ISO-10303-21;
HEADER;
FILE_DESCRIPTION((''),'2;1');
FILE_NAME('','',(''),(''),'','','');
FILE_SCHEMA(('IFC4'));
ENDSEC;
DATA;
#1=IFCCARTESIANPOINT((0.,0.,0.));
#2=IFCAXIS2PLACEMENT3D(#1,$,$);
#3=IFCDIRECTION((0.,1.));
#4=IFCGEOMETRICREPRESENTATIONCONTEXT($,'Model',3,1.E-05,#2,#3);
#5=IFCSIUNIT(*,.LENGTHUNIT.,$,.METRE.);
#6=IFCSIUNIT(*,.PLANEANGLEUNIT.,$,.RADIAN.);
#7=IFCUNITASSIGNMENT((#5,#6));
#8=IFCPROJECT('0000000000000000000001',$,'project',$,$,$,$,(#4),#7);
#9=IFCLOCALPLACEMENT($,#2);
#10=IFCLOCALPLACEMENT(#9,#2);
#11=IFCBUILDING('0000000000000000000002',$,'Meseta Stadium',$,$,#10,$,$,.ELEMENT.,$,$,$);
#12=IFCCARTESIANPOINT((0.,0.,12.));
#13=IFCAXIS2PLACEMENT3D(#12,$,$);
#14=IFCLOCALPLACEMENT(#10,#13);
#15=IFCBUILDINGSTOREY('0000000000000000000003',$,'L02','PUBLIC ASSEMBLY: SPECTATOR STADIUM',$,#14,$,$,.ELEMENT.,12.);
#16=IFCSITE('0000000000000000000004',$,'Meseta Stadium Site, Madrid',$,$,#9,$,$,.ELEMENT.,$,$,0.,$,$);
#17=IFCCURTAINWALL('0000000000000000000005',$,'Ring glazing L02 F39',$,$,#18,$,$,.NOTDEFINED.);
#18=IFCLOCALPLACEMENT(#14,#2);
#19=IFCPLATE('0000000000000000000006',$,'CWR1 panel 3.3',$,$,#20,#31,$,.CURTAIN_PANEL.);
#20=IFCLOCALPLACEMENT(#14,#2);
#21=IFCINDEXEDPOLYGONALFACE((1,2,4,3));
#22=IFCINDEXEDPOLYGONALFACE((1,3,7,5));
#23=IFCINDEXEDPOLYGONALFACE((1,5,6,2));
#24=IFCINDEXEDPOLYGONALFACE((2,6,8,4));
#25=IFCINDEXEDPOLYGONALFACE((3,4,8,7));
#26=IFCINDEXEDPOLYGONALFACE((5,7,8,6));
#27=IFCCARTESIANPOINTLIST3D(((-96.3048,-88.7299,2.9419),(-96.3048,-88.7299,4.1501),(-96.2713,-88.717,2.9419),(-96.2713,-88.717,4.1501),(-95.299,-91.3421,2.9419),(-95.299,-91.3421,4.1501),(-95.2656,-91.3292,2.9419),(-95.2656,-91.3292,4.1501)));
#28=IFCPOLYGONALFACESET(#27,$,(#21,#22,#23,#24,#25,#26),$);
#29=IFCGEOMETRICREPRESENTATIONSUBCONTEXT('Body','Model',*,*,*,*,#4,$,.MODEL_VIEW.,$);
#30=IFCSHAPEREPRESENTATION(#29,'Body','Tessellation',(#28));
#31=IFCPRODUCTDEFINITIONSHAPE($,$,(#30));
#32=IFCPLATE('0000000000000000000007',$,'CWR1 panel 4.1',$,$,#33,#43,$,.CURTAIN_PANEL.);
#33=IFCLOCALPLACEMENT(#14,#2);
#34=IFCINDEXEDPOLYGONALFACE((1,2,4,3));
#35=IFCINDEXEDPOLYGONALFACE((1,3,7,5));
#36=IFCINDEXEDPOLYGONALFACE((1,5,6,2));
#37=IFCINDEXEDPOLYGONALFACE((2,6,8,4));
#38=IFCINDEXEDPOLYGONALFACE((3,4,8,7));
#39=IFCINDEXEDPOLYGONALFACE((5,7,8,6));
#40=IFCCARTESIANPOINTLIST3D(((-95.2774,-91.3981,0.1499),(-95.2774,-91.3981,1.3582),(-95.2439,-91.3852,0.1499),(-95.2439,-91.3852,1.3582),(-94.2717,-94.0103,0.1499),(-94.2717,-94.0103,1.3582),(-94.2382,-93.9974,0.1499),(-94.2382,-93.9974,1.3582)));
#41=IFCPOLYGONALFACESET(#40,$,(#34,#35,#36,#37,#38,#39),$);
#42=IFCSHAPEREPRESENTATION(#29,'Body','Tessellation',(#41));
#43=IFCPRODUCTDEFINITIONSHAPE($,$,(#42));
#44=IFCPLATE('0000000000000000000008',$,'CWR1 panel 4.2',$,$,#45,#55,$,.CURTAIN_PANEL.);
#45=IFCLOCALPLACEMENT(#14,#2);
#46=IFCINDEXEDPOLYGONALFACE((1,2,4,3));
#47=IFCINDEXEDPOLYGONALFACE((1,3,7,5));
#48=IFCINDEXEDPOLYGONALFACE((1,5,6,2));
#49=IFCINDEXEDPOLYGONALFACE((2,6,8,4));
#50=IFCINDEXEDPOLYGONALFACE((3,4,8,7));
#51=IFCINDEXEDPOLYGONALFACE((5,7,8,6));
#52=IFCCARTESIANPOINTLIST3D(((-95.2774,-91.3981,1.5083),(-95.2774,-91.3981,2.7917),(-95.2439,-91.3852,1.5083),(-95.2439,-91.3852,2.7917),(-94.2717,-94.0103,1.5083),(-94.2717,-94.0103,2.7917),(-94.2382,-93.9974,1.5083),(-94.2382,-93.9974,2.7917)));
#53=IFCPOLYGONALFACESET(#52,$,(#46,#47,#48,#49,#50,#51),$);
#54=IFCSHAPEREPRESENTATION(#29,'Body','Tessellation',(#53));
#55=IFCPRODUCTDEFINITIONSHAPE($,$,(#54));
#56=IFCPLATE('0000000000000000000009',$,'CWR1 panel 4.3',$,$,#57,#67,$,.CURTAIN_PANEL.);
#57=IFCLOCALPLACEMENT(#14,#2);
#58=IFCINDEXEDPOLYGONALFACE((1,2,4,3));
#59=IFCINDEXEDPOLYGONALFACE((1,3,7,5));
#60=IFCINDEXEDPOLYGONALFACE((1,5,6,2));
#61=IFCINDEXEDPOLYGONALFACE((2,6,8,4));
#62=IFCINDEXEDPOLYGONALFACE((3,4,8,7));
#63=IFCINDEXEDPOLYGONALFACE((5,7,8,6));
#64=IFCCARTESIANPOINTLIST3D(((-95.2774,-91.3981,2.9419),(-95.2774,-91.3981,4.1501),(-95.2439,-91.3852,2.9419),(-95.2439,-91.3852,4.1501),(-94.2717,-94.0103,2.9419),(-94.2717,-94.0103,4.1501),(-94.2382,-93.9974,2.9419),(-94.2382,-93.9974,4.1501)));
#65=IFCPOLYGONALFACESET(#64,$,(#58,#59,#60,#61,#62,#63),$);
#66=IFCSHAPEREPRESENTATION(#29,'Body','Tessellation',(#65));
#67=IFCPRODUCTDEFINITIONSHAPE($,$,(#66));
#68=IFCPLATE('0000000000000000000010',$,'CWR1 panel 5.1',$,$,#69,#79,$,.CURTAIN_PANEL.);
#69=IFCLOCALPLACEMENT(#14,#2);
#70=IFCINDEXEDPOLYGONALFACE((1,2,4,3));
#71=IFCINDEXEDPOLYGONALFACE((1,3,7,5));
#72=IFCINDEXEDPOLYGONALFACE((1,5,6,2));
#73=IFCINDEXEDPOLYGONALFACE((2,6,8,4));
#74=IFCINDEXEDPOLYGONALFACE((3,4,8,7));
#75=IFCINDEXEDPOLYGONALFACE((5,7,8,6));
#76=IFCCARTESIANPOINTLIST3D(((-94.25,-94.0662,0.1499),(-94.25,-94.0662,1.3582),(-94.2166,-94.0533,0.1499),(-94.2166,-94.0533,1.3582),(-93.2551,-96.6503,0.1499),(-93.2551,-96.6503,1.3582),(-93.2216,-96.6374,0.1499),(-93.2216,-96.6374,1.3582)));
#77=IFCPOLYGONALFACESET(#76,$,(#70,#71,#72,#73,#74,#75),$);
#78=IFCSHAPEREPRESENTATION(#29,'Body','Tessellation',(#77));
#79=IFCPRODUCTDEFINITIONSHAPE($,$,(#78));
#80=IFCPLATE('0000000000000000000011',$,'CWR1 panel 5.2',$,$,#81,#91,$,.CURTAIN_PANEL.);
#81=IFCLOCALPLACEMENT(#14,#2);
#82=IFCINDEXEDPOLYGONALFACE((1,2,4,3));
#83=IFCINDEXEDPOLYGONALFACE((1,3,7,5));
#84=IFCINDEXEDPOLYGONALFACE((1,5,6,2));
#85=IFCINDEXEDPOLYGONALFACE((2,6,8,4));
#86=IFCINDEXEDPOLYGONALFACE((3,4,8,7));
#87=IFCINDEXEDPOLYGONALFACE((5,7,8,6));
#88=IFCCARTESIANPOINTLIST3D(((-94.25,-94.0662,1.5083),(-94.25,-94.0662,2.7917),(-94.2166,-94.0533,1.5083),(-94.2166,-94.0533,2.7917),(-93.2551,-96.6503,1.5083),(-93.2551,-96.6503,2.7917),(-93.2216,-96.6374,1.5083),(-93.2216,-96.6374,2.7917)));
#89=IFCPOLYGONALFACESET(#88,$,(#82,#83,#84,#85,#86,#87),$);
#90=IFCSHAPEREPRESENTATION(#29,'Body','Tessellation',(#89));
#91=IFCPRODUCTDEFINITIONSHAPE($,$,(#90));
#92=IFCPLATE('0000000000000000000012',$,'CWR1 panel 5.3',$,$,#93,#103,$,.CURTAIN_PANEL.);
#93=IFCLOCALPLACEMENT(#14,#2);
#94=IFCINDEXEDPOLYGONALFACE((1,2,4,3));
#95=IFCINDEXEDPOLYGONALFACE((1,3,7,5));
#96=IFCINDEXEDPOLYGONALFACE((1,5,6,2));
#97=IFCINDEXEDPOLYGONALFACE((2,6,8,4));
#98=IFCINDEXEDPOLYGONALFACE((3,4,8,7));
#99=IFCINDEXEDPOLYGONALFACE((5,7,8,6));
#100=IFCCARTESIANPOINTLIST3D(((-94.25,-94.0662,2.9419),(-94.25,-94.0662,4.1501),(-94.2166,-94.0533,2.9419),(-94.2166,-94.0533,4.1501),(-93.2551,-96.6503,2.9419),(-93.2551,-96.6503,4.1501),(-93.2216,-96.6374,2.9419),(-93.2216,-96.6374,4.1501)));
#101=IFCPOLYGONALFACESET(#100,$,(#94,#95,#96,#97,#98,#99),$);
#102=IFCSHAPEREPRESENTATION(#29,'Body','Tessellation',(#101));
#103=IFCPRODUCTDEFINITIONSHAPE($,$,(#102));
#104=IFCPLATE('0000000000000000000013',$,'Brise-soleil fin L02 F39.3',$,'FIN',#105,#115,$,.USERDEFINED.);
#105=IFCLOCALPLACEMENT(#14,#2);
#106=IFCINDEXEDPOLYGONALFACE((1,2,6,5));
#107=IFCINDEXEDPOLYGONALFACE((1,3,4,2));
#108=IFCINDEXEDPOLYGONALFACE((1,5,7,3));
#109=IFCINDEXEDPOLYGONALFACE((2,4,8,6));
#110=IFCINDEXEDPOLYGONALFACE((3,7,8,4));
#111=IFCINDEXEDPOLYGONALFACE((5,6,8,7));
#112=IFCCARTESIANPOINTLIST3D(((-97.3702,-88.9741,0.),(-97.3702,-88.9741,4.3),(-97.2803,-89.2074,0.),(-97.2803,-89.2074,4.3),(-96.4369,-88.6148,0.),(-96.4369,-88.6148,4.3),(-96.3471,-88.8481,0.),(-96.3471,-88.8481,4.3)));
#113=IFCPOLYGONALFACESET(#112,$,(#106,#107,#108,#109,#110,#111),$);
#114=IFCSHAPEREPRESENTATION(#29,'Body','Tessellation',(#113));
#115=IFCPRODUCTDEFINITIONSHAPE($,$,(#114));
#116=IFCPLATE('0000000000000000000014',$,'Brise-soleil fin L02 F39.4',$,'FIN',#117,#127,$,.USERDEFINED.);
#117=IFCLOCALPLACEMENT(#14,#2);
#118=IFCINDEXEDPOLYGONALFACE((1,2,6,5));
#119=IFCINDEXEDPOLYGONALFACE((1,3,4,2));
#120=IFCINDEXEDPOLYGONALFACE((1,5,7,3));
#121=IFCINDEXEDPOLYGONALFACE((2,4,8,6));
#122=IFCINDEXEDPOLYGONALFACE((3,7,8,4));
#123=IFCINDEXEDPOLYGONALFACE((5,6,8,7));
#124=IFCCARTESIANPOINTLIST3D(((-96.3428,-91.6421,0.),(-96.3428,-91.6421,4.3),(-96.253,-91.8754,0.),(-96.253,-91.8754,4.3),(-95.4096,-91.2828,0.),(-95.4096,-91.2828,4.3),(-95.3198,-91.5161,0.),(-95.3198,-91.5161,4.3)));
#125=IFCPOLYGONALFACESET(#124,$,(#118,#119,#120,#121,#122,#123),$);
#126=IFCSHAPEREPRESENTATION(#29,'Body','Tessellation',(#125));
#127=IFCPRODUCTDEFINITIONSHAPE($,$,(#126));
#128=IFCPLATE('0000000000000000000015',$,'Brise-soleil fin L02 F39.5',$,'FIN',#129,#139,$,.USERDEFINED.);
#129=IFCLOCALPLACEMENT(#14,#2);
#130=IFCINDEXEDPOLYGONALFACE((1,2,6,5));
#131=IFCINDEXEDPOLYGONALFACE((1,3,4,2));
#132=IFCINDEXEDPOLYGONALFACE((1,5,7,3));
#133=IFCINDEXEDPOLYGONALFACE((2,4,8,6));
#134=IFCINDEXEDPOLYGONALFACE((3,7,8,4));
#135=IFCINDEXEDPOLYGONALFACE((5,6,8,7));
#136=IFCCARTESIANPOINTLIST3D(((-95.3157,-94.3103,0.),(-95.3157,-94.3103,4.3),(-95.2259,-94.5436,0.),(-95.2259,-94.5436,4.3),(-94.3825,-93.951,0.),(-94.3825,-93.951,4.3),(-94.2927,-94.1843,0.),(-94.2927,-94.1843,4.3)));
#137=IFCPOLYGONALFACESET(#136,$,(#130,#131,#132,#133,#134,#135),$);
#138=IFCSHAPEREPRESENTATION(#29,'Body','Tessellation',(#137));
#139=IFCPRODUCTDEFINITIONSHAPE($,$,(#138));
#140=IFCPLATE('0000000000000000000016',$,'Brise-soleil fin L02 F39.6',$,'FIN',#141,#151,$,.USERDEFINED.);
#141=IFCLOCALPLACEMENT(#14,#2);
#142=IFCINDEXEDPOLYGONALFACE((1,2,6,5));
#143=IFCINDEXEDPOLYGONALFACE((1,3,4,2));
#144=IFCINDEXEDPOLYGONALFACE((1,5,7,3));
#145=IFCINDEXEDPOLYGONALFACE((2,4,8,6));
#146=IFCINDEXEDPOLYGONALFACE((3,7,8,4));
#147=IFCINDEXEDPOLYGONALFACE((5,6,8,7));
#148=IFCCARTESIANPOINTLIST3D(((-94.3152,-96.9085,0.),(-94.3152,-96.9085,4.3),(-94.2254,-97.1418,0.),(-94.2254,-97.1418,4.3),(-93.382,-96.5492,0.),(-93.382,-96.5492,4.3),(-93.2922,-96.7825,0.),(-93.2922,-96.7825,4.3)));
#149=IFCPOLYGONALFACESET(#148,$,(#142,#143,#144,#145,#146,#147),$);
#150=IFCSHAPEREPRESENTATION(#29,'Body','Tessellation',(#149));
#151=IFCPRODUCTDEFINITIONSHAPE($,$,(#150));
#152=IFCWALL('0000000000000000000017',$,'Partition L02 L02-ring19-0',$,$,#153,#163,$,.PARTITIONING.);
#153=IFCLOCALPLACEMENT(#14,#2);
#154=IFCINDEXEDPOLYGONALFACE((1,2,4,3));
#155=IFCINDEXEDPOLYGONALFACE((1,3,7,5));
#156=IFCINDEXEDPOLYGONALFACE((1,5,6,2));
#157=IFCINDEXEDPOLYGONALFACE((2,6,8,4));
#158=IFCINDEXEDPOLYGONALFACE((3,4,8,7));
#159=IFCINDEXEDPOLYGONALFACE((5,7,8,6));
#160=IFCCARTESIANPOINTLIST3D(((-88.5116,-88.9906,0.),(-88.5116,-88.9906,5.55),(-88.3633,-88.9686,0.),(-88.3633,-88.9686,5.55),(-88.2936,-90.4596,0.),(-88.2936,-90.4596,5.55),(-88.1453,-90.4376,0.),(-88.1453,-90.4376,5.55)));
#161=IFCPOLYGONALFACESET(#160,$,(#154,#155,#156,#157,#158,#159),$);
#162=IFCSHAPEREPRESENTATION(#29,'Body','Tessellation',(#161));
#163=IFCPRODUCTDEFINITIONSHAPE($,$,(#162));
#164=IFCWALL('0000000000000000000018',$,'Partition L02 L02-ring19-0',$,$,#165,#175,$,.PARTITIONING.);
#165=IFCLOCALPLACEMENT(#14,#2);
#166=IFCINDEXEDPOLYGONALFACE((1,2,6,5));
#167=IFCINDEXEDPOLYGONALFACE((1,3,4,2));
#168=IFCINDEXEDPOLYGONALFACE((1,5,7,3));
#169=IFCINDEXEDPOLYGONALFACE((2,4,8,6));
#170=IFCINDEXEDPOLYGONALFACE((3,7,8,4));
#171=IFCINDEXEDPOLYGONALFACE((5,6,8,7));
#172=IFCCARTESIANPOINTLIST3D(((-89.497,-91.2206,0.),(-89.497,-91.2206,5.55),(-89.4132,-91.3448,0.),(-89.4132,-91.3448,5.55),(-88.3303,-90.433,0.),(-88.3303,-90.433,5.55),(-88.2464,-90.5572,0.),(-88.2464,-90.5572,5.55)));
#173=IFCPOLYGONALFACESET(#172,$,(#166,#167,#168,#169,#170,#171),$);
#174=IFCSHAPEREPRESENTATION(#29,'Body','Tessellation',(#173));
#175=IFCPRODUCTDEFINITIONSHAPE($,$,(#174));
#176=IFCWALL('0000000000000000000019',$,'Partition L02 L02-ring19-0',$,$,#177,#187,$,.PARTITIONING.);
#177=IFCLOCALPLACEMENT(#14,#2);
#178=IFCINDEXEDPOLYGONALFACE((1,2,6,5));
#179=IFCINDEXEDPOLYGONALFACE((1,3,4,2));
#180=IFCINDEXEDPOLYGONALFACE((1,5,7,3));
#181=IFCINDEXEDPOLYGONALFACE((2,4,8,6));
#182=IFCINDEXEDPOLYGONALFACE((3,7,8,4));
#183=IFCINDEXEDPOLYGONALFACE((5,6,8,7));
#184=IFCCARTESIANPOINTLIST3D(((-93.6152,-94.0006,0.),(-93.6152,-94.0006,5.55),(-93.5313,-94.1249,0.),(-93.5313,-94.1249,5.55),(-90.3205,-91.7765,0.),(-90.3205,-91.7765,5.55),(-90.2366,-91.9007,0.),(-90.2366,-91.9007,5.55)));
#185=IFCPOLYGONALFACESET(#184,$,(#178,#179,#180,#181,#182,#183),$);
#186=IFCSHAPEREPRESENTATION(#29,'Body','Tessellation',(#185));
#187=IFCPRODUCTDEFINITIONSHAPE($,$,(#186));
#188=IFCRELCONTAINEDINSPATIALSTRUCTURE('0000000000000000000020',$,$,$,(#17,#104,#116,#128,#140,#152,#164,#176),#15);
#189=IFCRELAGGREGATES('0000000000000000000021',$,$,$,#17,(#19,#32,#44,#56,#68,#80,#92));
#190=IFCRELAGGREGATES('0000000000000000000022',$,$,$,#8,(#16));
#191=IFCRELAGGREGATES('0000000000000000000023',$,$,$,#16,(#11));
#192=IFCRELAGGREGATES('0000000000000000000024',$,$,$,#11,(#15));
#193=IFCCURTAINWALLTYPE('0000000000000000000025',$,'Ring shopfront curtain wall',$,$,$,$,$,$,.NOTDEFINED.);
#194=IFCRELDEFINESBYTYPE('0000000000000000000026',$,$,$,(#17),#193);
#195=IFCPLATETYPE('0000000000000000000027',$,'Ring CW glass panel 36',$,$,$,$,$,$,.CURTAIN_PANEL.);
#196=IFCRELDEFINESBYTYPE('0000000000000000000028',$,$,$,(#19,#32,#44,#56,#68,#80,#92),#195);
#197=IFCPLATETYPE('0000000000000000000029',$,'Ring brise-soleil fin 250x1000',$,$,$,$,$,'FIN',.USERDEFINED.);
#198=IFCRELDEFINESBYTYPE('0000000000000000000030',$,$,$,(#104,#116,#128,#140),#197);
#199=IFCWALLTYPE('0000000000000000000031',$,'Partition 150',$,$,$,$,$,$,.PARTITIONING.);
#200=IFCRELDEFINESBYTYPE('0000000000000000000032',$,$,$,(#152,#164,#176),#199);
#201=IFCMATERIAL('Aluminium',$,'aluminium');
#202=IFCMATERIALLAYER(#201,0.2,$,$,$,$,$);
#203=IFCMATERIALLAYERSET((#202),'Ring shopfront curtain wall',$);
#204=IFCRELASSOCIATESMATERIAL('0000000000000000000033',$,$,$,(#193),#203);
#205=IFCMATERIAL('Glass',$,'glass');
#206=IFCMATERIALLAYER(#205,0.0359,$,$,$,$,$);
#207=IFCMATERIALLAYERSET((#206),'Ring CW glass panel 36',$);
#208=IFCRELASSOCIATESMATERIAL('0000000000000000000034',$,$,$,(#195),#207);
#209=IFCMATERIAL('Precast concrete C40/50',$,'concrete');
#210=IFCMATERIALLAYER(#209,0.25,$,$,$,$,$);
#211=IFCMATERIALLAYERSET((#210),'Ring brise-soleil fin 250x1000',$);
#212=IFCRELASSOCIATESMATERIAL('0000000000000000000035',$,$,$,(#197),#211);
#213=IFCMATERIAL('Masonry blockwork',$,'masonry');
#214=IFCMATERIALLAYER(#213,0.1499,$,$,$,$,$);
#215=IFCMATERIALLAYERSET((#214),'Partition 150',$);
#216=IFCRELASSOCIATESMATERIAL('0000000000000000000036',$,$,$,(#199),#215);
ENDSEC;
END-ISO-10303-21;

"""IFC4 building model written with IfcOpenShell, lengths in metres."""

from ifc_helpers import new_model, si_unit, direction, frame, frame_2d, origin, origin_2d, place, context, subcontext, project, spatial, rectangle, extrude, material, layer, layer_set, type_object, element, aggregate, save


model = new_model("IFC4")

# Units and contexts
model_context = context("Model", 3, precision=1e-05, world=origin(), true_north=direction((0.0, 1.0)))
body_context = subcontext(model_context, "Body", "Model", "MODEL_VIEW")
ifc_project = project(units=[si_unit("LENGTHUNIT", "METRE"), si_unit("PLANEANGLEUNIT", "RADIAN")], contexts=[model_context])

# Site, building, storey
site_placement = place(None, origin())
site = spatial("IfcSite", under=ifc_project, at=site_placement, Name="Meseta Stadium Site, Madrid", CompositionType="ELEMENT", RefElevation=0.0)
building_placement = place(site_placement, origin())
building = spatial("IfcBuilding", under=site, at=building_placement, Name="Meseta Stadium", CompositionType="ELEMENT")
storey_placement = place(building_placement, frame((0.0, 0.0, 12.0)))
storey = spatial("IfcBuildingStorey", under=building, at=storey_placement, Name="L02", Description="PUBLIC ASSEMBLY: SPECTATOR STADIUM", CompositionType="ELEMENT", Elevation=12.0)

# Curtain wall, plates
ifc_material_1 = material(Name="Aluminium", Category="aluminium")
ifc_layer_1 = layer(ifc_material_1, 0.2)
ifc_layer_set_1 = layer_set([ifc_layer_1], Name="Ring shopfront curtain wall")
curtain_wall_type = type_object("IfcCurtainWallType", Name="Ring shopfront curtain wall", PredefinedType="NOTDEFINED", material=ifc_layer_set_1)
curtain_wall_placement = place(storey_placement, origin())
curtain_wall = element("IfcCurtainWall", 1, at=curtain_wall_placement, inside=storey, type_object=curtain_wall_type, Name="Ring glazing L02 F39", PredefinedType="NOTDEFINED")
ifc_material_2 = material(Name="Glass", Category="glass")
ifc_layer_2 = layer(ifc_material_2, 0.0359)
ifc_layer_set_2 = layer_set([ifc_layer_2], Name="Ring CW glass panel 36")
plate_type_1 = type_object("IfcPlateType", Name="Ring CW glass panel 36", PredefinedType="CURTAIN_PANEL", material=ifc_layer_set_2)
plate_1_placement = place(storey_placement, frame((-95.7852, -90.0295, 2.9419), z_axis=(0.0, 0.0, 1.0), x_axis=(0.359302, -0.933221, 0.0)))
plate_1 = element("IfcPlate", 2, at=plate_1_placement, type_object=plate_type_1, Name="CWR1 panel 3.3", PredefinedType="CURTAIN_PANEL", context=body_context, shape_type="SweptSolid", body=[
    extrude(rectangle(XDim=2.7991, YDim=0.0359, at=origin_2d()), origin(), (0.0, 0.0, 1.0), 1.2083),
])
plate_2_placement = place(storey_placement, frame((-94.7578, -92.6978, 0.1499), z_axis=(0.0, 0.0, 1.0), x_axis=(0.359302, -0.933221, 0.0)))
plate_2 = element("IfcPlate", 3, at=plate_2_placement, type_object=plate_type_1, Name="CWR1 panel 4.1", PredefinedType="CURTAIN_PANEL", context=body_context, shape_type="SweptSolid", body=[
    extrude(rectangle(XDim=2.7991, YDim=0.0359, at=origin_2d()), origin(), (0.0, 0.0, 1.0), 1.2083),
])
plate_3_placement = place(storey_placement, frame((-94.7578, -92.6978, 1.5083), z_axis=(0.0, 0.0, 1.0), x_axis=(0.359302, -0.933221, 0.0)))
plate_3 = element("IfcPlate", 4, at=plate_3_placement, type_object=plate_type_1, Name="CWR1 panel 4.2", PredefinedType="CURTAIN_PANEL", context=body_context, shape_type="SweptSolid", body=[
    extrude(rectangle(XDim=2.7991, YDim=0.0359, at=origin_2d()), origin(), (0.0, 0.0, 1.0), 1.2834),
])
plate_4_placement = place(storey_placement, frame((-94.7578, -92.6978, 2.9419), z_axis=(0.0, 0.0, 1.0), x_axis=(0.359302, -0.933221, 0.0)))
plate_4 = element("IfcPlate", 5, at=plate_4_placement, type_object=plate_type_1, Name="CWR1 panel 4.3", PredefinedType="CURTAIN_PANEL", context=body_context, shape_type="SweptSolid", body=[
    extrude(rectangle(XDim=2.7991, YDim=0.0359, at=origin_2d()), origin(), (0.0, 0.0, 1.0), 1.2083),
])
plate_5_placement = place(storey_placement, frame((-93.7358, -95.3518, 0.1499), z_axis=(0.0, 0.0, 1.0), x_axis=(0.359302, -0.933221, 0.0)))
plate_5 = element("IfcPlate", 6, at=plate_5_placement, type_object=plate_type_1, Name="CWR1 panel 5.1", PredefinedType="CURTAIN_PANEL", context=body_context, shape_type="SweptSolid", body=[
    extrude(rectangle(XDim=2.769, YDim=0.0359, at=origin_2d()), origin(), (0.0, 0.0, 1.0), 1.2083),
])
plate_6_placement = place(storey_placement, frame((-93.7358, -95.3518, 1.5083), z_axis=(0.0, 0.0, 1.0), x_axis=(0.359302, -0.933221, 0.0)))
plate_6 = element("IfcPlate", 7, at=plate_6_placement, type_object=plate_type_1, Name="CWR1 panel 5.2", PredefinedType="CURTAIN_PANEL", context=body_context, shape_type="SweptSolid", body=[
    extrude(rectangle(XDim=2.769, YDim=0.0359, at=origin_2d()), origin(), (0.0, 0.0, 1.0), 1.2834),
])
plate_7_placement = place(storey_placement, frame((-93.7358, -95.3518, 2.9419), z_axis=(0.0, 0.0, 1.0), x_axis=(0.359302, -0.933221, 0.0)))
plate_7 = element("IfcPlate", 8, at=plate_7_placement, type_object=plate_type_1, Name="CWR1 panel 5.3", PredefinedType="CURTAIN_PANEL", context=body_context, shape_type="SweptSolid", body=[
    extrude(rectangle(XDim=2.769, YDim=0.0359, at=origin_2d()), origin(), (0.0, 0.0, 1.0), 1.2083),
])
aggregate(curtain_wall, [plate_1, plate_2, plate_3, plate_4, plate_5, plate_6, plate_7])

# Plates
ifc_material_3 = material(Name="Precast concrete C40/50", Category="concrete")
ifc_layer_3 = layer(ifc_material_3, 0.25)
ifc_layer_set_3 = layer_set([ifc_layer_3], Name="Ring brise-soleil fin 250x1000")
plate_type_2 = type_object("IfcPlateType", Name="Ring brise-soleil fin 250x1000", ElementType="FIN", PredefinedType="USERDEFINED", material=ifc_layer_set_3)
for number, where, z_axis, x_axis, name in (
    (9, (-96.8586, -88.9111, 0.0), (0.0, 0.0, 1.0), (0.359298, -0.933223, 0.0), "Brise-soleil fin L02 F39.3"),
    (10, (-95.8313, -91.5791, 0.0), (0.0, 0.0, 1.0), (0.359298, -0.933223, 0.0), "Brise-soleil fin L02 F39.4"),
    (11, (-94.8042, -94.2473, 0.0), (0.0, 0.0, 1.0), (0.359298, -0.933223, 0.0), "Brise-soleil fin L02 F39.5"),
    (12, (-93.8037, -96.8455, 0.0), (0.0, 0.0, 1.0), (0.359298, -0.933223, 0.0), "Brise-soleil fin L02 F39.6"),
):
    element("IfcPlate", number, at=place(storey_placement, frame(where, z_axis=z_axis, x_axis=x_axis)), inside=storey, type_object=plate_type_2, Name=name, ObjectType="FIN", PredefinedType="USERDEFINED", context=body_context, shape_type="SweptSolid", body=[
        extrude(rectangle(XDim=0.25, YDim=1.0, at=origin_2d()), origin(), (0.0, 0.0, 1.0), 4.3),
    ])

# Walls
ifc_material_4 = material(Name="Masonry blockwork", Category="masonry")
ifc_layer_4 = layer(ifc_material_4, 0.1499)
ifc_layer_set_4 = layer_set([ifc_layer_4], Name="Partition 150")
wall_type = type_object("IfcWallType", Name="Partition 150", PredefinedType="PARTITIONING", material=ifc_layer_set_4)
wall_1_placement = place(storey_placement, frame((-88.4375, -88.9795, 0.0), z_axis=(0.0, 0.0, 1.0), x_axis=(0.146805, -0.989165, 0.0)))
element("IfcWall", 13, at=wall_1_placement, inside=storey, type_object=wall_type, Name="Partition L02 L02-ring19-0", PredefinedType="PARTITIONING", context=body_context, shape_type="SweptSolid", body=[
    extrude(rectangle(XDim=1.4851, YDim=0.1499, at=frame_2d((0.7427, 0.0))), origin(), (0.0, 0.0, 1.0), 5.55),
])
wall_2_placement = place(storey_placement, frame((-88.2883, -90.4951, 0.0), z_axis=(0.0, 0.0, 1.0), x_axis=(-0.828835, -0.559494, 0.0)))
element("IfcWall", 14, at=wall_2_placement, inside=storey, type_object=wall_type, Name="Partition L02 L02-ring19-0", PredefinedType="PARTITIONING", context=body_context, shape_type="SweptSolid", body=[
    extrude(rectangle(XDim=1.4077, YDim=0.1499, at=frame_2d((0.7039, 0.0))), origin(), (0.0, 0.0, 1.0), 5.55),
])
wall_3_placement = place(storey_placement, frame((-90.2786, -91.8386, 0.0), z_axis=(0.0, 0.0, 1.0), x_axis=(-0.828824, -0.55951, 0.0)))
element("IfcWall", 15, at=wall_3_placement, inside=storey, type_object=wall_type, Name="Partition L02 L02-ring19-0", PredefinedType="PARTITIONING", context=body_context, shape_type="SweptSolid", body=[
    extrude(rectangle(XDim=3.9751, YDim=0.1499, at=frame_2d((1.9875, 0.0))), origin(), (0.0, 0.0, 1.0), 5.55),
])

save(model, "model.ifc")
